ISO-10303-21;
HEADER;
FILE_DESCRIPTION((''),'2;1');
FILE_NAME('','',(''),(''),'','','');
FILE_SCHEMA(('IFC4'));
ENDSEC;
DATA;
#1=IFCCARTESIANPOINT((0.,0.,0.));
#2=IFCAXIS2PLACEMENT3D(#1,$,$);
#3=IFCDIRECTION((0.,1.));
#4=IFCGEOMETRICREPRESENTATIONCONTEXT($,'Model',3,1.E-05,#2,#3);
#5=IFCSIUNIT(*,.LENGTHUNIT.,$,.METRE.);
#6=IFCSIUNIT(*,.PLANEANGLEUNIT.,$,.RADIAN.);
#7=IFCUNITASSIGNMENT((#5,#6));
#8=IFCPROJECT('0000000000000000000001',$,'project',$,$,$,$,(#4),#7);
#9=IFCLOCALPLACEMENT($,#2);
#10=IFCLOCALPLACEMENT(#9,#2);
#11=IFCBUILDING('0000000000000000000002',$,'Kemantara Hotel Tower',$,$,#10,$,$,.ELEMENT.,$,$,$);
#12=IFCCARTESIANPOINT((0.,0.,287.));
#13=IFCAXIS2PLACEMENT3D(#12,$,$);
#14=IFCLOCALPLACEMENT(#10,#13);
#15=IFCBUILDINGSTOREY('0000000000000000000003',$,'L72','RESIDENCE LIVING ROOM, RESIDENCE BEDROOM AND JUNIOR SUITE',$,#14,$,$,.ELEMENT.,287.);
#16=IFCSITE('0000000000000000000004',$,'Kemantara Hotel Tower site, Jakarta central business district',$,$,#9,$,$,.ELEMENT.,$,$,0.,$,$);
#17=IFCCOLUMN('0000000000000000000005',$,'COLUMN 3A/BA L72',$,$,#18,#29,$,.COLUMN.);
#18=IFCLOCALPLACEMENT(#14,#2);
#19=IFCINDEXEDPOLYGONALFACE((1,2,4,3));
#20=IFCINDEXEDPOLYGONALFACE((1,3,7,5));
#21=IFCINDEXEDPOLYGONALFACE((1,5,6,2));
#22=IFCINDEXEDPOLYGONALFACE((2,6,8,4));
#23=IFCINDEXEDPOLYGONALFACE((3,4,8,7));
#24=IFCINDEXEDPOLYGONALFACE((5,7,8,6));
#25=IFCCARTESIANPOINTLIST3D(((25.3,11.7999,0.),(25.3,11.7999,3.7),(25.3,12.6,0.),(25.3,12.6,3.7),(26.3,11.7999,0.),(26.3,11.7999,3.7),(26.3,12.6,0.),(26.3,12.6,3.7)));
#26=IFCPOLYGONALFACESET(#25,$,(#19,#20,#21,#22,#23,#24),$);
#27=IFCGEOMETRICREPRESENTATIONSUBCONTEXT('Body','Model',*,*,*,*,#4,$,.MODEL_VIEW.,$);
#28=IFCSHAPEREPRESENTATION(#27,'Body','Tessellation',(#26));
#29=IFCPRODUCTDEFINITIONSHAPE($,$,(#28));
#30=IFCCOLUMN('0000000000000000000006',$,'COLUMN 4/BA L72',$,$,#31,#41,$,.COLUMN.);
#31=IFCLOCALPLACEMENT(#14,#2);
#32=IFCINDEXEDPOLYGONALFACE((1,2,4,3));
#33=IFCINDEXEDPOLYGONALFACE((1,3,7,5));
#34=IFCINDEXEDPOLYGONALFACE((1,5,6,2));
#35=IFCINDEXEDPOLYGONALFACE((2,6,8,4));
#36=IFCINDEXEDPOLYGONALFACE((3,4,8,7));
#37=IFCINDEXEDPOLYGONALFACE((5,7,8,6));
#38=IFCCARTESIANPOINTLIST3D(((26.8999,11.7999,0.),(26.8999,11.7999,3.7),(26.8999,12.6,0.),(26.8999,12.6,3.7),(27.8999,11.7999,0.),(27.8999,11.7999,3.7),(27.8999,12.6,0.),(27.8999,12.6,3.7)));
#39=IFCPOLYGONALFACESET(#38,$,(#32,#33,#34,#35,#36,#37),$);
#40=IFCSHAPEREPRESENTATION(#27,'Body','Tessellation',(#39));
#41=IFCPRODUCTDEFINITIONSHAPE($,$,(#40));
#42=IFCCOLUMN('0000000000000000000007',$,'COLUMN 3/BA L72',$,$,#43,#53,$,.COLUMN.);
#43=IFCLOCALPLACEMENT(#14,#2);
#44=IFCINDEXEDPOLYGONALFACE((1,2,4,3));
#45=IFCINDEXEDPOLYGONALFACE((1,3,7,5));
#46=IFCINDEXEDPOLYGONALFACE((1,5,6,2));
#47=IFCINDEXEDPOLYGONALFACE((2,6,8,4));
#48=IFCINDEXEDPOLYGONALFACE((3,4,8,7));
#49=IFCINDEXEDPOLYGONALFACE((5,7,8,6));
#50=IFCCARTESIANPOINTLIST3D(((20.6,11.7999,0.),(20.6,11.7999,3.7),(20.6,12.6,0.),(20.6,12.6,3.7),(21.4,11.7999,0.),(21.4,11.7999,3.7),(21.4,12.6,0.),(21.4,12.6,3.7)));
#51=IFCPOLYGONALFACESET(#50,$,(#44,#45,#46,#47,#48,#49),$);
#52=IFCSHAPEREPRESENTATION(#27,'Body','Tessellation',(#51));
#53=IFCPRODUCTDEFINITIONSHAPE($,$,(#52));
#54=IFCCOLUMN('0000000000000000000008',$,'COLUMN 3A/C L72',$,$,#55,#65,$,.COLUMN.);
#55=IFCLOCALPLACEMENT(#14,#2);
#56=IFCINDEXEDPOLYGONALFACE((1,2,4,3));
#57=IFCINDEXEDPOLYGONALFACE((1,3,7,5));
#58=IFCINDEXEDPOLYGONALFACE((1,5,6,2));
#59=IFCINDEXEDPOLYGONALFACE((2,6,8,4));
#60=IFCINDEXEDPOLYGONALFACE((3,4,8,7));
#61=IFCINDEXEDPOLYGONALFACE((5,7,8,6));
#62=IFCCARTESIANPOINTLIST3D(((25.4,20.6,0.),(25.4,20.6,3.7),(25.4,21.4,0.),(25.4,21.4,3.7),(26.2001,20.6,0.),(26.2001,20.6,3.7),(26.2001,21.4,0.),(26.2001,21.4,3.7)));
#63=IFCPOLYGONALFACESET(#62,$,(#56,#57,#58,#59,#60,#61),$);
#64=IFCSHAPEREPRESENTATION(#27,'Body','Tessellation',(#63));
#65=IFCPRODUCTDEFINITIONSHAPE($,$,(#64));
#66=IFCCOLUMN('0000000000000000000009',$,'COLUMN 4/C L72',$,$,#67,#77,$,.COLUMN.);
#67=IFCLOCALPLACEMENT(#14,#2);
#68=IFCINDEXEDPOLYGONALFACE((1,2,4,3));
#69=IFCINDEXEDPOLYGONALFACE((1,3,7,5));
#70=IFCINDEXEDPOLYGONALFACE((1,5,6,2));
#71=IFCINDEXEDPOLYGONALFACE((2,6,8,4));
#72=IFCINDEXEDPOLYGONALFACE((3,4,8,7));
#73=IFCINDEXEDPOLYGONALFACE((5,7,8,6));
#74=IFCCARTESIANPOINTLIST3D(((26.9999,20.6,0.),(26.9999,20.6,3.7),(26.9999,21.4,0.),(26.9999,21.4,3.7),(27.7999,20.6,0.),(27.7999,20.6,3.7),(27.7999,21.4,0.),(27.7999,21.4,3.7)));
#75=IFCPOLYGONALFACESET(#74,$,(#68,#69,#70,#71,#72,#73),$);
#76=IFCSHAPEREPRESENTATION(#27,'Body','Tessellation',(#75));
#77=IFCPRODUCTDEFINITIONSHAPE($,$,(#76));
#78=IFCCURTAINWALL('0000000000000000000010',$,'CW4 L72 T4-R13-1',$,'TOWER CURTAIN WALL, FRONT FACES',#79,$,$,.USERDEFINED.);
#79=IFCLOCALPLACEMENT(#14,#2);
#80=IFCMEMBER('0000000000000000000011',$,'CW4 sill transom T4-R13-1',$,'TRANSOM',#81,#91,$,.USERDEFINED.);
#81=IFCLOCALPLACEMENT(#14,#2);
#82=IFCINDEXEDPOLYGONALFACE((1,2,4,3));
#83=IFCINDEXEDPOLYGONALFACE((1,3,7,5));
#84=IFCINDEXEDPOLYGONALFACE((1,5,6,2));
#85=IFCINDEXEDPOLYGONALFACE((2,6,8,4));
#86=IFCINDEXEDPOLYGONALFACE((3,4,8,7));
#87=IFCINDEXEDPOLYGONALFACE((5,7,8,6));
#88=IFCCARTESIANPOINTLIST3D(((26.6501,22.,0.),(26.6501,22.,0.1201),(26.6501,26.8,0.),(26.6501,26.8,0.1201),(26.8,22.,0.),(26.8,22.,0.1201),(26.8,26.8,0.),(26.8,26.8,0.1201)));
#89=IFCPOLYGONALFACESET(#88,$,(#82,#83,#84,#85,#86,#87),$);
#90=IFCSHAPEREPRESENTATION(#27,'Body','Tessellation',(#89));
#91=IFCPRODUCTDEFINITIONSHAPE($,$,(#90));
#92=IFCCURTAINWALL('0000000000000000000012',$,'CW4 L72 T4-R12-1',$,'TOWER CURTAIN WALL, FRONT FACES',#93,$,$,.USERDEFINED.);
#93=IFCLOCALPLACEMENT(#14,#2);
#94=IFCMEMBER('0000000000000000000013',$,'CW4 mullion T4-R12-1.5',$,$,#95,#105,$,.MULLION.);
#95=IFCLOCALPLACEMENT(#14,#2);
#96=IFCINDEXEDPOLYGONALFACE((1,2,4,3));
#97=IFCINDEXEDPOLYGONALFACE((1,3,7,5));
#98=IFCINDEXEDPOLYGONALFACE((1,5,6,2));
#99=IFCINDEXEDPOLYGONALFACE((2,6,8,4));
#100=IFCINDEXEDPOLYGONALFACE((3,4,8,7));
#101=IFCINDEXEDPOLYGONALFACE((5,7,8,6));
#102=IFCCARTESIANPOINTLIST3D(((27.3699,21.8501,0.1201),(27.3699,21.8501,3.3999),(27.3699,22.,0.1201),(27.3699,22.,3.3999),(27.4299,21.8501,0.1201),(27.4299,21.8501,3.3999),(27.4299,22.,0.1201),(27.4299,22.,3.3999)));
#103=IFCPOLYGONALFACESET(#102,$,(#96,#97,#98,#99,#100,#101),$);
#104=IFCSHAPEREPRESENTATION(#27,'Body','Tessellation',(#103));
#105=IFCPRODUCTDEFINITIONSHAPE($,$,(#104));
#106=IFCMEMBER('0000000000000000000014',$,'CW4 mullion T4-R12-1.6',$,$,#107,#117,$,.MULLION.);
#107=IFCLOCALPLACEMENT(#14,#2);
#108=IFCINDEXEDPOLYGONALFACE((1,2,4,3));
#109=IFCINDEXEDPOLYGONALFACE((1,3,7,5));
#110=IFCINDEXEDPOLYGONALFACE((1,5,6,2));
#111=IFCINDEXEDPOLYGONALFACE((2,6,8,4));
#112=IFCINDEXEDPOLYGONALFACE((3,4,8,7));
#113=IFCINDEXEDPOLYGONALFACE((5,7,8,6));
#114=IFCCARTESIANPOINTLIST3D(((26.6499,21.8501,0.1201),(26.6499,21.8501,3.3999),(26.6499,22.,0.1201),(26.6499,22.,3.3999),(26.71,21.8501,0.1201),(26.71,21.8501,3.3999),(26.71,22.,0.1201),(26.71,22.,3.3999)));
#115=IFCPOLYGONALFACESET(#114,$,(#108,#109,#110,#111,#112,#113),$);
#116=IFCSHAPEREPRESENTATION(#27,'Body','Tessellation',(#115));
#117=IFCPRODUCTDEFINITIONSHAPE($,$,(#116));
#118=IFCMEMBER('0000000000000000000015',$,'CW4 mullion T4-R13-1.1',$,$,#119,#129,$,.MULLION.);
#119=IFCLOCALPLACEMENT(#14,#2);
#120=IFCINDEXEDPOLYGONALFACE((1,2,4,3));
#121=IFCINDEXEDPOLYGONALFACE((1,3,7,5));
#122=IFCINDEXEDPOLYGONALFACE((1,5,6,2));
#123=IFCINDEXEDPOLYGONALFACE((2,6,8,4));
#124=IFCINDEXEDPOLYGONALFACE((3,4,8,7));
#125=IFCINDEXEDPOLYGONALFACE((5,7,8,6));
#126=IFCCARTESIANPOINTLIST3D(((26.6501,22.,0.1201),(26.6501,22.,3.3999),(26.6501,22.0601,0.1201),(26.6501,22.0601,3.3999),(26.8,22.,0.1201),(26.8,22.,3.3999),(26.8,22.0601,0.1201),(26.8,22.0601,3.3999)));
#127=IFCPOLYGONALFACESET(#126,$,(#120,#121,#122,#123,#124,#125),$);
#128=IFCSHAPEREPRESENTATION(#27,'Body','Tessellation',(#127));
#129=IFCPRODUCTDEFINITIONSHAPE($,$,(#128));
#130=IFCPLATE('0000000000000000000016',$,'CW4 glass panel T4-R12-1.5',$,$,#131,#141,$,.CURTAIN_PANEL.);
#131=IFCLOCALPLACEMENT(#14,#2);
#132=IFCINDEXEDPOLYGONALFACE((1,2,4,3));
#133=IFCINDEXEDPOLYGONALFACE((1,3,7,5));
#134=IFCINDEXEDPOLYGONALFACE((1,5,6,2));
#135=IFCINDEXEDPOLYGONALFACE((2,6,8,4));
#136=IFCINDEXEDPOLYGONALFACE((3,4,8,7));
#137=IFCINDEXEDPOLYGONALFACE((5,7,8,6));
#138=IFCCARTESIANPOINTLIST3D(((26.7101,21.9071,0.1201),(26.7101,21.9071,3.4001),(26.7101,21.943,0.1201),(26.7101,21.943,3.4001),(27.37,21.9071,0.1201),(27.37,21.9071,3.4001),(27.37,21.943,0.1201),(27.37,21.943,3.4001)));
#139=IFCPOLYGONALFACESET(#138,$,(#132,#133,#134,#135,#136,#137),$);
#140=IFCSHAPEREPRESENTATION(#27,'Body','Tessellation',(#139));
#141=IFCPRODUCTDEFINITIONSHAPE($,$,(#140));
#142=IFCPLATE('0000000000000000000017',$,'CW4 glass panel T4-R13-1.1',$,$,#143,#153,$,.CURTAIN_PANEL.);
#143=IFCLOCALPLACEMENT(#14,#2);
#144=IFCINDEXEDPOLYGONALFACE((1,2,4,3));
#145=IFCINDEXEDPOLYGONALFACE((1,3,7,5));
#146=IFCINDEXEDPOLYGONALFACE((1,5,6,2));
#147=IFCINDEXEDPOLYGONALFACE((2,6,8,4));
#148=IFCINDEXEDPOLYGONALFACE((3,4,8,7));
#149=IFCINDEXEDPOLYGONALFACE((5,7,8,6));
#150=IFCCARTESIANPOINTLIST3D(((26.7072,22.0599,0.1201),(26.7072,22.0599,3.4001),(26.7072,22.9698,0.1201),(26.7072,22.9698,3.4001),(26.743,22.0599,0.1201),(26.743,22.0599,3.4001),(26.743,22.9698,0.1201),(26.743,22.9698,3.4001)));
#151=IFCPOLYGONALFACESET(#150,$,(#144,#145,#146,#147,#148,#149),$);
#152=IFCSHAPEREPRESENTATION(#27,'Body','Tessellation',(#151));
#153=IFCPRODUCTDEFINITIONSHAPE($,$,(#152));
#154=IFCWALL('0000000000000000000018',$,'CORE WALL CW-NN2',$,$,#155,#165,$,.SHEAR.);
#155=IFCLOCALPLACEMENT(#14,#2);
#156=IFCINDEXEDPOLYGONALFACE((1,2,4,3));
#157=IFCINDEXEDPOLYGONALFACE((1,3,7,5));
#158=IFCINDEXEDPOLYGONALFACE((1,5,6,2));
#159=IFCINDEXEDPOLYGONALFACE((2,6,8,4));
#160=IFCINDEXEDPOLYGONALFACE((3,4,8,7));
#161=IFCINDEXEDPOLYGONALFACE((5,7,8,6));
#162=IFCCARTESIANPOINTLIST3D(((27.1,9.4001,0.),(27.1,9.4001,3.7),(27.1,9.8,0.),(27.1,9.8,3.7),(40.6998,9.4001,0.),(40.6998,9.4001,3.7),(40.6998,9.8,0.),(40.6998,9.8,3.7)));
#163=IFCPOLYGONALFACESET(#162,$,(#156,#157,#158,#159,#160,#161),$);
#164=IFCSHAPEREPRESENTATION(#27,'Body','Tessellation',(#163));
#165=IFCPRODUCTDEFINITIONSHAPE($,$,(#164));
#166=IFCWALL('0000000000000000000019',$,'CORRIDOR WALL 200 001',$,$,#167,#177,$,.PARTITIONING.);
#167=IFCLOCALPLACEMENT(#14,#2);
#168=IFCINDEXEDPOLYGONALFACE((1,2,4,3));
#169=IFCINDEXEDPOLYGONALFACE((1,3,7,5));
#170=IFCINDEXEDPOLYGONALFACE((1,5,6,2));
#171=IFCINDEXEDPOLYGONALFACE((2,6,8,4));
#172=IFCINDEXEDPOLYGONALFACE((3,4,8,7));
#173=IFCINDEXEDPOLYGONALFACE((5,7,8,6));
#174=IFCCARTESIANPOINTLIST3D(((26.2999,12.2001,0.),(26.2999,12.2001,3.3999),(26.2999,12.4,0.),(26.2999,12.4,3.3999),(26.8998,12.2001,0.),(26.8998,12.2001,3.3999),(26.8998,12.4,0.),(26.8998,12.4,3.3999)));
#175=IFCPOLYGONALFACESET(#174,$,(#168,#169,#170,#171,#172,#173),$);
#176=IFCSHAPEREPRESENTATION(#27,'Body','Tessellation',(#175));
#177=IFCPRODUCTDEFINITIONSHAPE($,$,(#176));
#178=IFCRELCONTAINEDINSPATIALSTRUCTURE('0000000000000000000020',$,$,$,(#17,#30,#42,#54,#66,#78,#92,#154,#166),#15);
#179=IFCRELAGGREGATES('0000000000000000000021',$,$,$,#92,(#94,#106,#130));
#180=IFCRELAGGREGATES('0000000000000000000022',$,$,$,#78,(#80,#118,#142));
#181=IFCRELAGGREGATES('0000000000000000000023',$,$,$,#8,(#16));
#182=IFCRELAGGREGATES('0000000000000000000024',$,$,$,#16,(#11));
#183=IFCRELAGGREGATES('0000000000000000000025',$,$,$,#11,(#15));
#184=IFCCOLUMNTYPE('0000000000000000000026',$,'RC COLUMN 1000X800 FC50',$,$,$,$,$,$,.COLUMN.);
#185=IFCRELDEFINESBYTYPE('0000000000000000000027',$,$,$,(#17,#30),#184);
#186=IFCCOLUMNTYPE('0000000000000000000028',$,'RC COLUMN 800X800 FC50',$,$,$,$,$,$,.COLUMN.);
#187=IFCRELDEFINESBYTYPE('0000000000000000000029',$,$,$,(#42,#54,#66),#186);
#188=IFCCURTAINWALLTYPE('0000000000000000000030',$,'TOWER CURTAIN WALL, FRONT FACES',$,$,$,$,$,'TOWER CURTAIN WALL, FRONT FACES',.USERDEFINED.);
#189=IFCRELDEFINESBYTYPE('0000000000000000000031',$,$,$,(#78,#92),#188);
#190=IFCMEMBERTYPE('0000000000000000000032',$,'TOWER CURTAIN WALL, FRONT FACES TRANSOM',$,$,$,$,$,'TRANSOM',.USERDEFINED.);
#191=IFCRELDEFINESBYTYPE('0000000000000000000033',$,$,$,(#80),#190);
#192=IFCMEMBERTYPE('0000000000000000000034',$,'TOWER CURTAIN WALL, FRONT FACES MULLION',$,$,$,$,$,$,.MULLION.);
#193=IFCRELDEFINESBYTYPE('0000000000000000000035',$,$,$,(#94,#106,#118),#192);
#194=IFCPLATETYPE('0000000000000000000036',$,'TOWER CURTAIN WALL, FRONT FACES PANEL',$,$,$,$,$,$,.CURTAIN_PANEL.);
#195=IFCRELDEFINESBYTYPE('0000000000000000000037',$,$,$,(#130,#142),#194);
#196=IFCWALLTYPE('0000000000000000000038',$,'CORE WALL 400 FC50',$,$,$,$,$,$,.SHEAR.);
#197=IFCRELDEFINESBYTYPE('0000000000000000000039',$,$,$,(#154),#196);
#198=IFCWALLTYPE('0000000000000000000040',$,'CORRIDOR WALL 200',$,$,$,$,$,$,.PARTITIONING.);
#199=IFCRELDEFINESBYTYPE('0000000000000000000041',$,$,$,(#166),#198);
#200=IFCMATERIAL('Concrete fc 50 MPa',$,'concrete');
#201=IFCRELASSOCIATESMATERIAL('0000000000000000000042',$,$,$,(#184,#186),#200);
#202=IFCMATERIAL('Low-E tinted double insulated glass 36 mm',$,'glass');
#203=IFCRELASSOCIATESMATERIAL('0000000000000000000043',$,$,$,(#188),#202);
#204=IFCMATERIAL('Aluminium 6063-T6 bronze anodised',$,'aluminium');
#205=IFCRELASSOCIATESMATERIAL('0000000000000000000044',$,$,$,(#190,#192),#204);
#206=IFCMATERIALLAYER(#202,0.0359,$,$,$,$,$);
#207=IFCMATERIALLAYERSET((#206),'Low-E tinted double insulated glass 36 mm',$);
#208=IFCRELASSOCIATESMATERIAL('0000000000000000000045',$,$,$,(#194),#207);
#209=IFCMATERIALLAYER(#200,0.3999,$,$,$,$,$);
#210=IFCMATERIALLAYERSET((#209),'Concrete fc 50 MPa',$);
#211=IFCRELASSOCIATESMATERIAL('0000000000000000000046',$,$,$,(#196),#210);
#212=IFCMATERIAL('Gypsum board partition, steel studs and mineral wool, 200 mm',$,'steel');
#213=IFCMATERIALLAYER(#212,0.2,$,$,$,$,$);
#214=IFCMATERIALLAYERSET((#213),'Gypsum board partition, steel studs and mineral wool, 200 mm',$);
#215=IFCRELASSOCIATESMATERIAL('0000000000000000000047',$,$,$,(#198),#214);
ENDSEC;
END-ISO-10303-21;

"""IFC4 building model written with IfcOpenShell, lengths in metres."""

from ifc_helpers import new_model, si_unit, direction, frame, frame_2d, origin, origin_2d, place, context, subcontext, project, spatial, rectangle, extrude, source, transform, mapped, material, layer, layer_set, material_profile, profile_set, type_object, element, aggregate, save


model = new_model("IFC4")

# Units and contexts
model_context = context("Model", 3, precision=1e-05, world=origin(), true_north=direction((0.0, 1.0)))
body_context = subcontext(model_context, "Body", "Model", "MODEL_VIEW")
ifc_project = project(units=[si_unit("LENGTHUNIT", "METRE"), si_unit("PLANEANGLEUNIT", "RADIAN")], contexts=[model_context])

# Site, building, storey
site_placement = place(None, origin())
site = spatial("IfcSite", under=ifc_project, at=site_placement, Name="Kemantara Hotel Tower site, Jakarta central business district", CompositionType="ELEMENT", RefElevation=0.0)
building_placement = place(site_placement, origin())
building = spatial("IfcBuilding", under=site, at=building_placement, Name="Kemantara Hotel Tower", CompositionType="ELEMENT")
storey_placement = place(building_placement, frame((0.0, 0.0, 287.0)))
storey = spatial("IfcBuildingStorey", under=building, at=storey_placement, Name="L72", Description="RESIDENCE LIVING ROOM, RESIDENCE BEDROOM AND JUNIOR SUITE", CompositionType="ELEMENT", Elevation=287.0)

# Columns
ifc_material_1 = material(Name="Concrete fc 50 MPa", Category="concrete")
ifc_material_profile_1 = material_profile(ifc_material_1, rectangle(XDim=1.0, YDim=0.8, at=origin_2d()), Name="RC 1000X800")
ifc_profile_set_1 = profile_set([ifc_material_profile_1], Name="Concrete fc 50 MPa")
column_type_1 = type_object("IfcColumnType", Name="RC COLUMN 1000X800 FC50", PredefinedType="COLUMN", material=ifc_profile_set_1)
for number, where, z_axis, x_axis, name in (
    (1, (25.8, 12.2, 0.0), (0.0, 0.0, 1.0), (1.0, 0.0, 0.0), "COLUMN 3A/BA L72"),
    (2, (27.3999, 12.2, 0.0), (0.0, 0.0, 1.0), (1.0, 0.0, 0.0), "COLUMN 4/BA L72"),
):
    element("IfcColumn", number, at=place(storey_placement, frame(where, z_axis=z_axis, x_axis=x_axis)), inside=storey, type_object=column_type_1, Name=name, PredefinedType="COLUMN", context=body_context, shape_type="SweptSolid", body=[
        extrude(rectangle(XDim=1.0, YDim=0.8, at=origin_2d()), origin(), (0.0, 0.0, 1.0), 3.7),
    ])
ifc_material_profile_2 = material_profile(ifc_material_1, rectangle(XDim=0.8, YDim=0.8, at=origin_2d()), Name="RC 800X800")
ifc_profile_set_2 = profile_set([ifc_material_profile_2], Name="Concrete fc 50 MPa")
column_type_2 = type_object("IfcColumnType", Name="RC COLUMN 800X800 FC50", PredefinedType="COLUMN", material=ifc_profile_set_2)
for number, where, z_axis, x_axis, name in (
    (3, (21.0, 12.2, 0.0), (0.0, 0.0, 1.0), (1.0, 0.0, 0.0), "COLUMN 3/BA L72"),
    (4, (25.8, 21.0, 0.0), (0.0, 0.0, 1.0), (1.0, 0.0, 0.0), "COLUMN 3A/C L72"),
    (5, (27.3999, 21.0, 0.0), (0.0, 0.0, 1.0), (1.0, 0.0, 0.0), "COLUMN 4/C L72"),
):
    element("IfcColumn", number, at=place(storey_placement, frame(where, z_axis=z_axis, x_axis=x_axis)), inside=storey, type_object=column_type_2, Name=name, PredefinedType="COLUMN", context=body_context, shape_type="SweptSolid", body=[
        extrude(rectangle(XDim=0.8, YDim=0.8, at=origin_2d()), origin(), (0.0, 0.0, 1.0), 3.7),
    ])

# Curtain wall, member
ifc_material_2 = material(Name="Low-E tinted double insulated glass 36 mm", Category="glass")
curtain_wall_type = type_object("IfcCurtainWallType", Name="TOWER CURTAIN WALL, FRONT FACES", ElementType="TOWER CURTAIN WALL, FRONT FACES", PredefinedType="USERDEFINED", material=ifc_material_2)
curtain_wall_1_placement = place(storey_placement, origin())
curtain_wall_1 = element("IfcCurtainWall", 6, at=curtain_wall_1_placement, inside=storey, type_object=curtain_wall_type, Name="CW4 L72 T4-R13-1", ObjectType="TOWER CURTAIN WALL, FRONT FACES", PredefinedType="USERDEFINED")
ifc_material_3 = material(Name="Aluminium 6063-T6 bronze anodised", Category="aluminium")
ifc_material_profile_3 = material_profile(ifc_material_3, rectangle(XDim=0.1499, YDim=0.1201, at=origin_2d()), Name="TOWER CURTAIN WALL, FRONT FACES TRANSOM")
ifc_profile_set_3 = profile_set([ifc_material_profile_3], Name="Aluminium 6063-T6 bronze anodised")
member_type_1 = type_object("IfcMemberType", Name="TOWER CURTAIN WALL, FRONT FACES TRANSOM", ElementType="TRANSOM", PredefinedType="USERDEFINED", material=ifc_profile_set_3)
member_1_placement = place(storey_placement, frame((26.7251, 22.0, 0.0601), z_axis=(0.0, 1.0, 0.0), x_axis=(-1.0, 0.0, 0.0)))
member_1 = element("IfcMember", 7, at=member_1_placement, type_object=member_type_1, Name="CW4 sill transom T4-R13-1", ObjectType="TRANSOM", PredefinedType="USERDEFINED", context=body_context, shape_type="SweptSolid", body=[
    extrude(rectangle(XDim=0.1499, YDim=0.1201, at=origin_2d()), origin(), (0.0, 0.0, 1.0), 4.8),
])

# Curtain wall, members
curtain_wall_2_placement = place(storey_placement, origin())
curtain_wall_2 = element("IfcCurtainWall", 8, at=curtain_wall_2_placement, inside=storey, type_object=curtain_wall_type, Name="CW4 L72 T4-R12-1", ObjectType="TOWER CURTAIN WALL, FRONT FACES", PredefinedType="USERDEFINED")
ifc_material_profile_4 = material_profile(ifc_material_3, rectangle(XDim=0.1499, YDim=0.0601, at=origin_2d()), Name="TOWER CURTAIN WALL, FRONT FACES MULLION")
ifc_profile_set_4 = profile_set([ifc_material_profile_4], Name="Aluminium 6063-T6 bronze anodised")
member_type_2 = type_object("IfcMemberType", Name="TOWER CURTAIN WALL, FRONT FACES MULLION", PredefinedType="MULLION", material=ifc_profile_set_4)
shared_shape_1 = source(origin(), body_context, "Body", "SweptSolid", [
    extrude(rectangle(XDim=0.1499, YDim=0.0601, at=origin_2d()), origin(), (0.0, 0.0, 1.0), 3.2798),
])
member_2_placement = place(storey_placement, frame((27.3999, 21.925, 0.1201), z_axis=(0.0, 0.0, 1.0), x_axis=(0.0, -1.0, 0.0)))
member_2 = element("IfcMember", 9, at=member_2_placement, type_object=member_type_2, Name="CW4 mullion T4-R12-1.5", PredefinedType="MULLION", context=body_context, shape_type="MappedRepresentation", body=[
    mapped(shared_shape_1, transform((0.0, 0.0, 0.0))),
])
member_3_placement = place(storey_placement, frame((26.6799, 21.925, 0.1201), z_axis=(0.0, 0.0, 1.0), x_axis=(0.0, -1.0, 0.0)))
member_3 = element("IfcMember", 10, at=member_3_placement, type_object=member_type_2, Name="CW4 mullion T4-R12-1.6", PredefinedType="MULLION", context=body_context, shape_type="MappedRepresentation", body=[
    mapped(shared_shape_1, transform((0.0, 0.0, 0.0))),
])

# Member
member_4_placement = place(storey_placement, frame((26.7251, 22.03, 0.1201), z_axis=(0.0, 0.0, 1.0), x_axis=(-1.0, 0.0, 0.0)))
member_4 = element("IfcMember", 11, at=member_4_placement, type_object=member_type_2, Name="CW4 mullion T4-R13-1.1", PredefinedType="MULLION", context=body_context, shape_type="MappedRepresentation", body=[
    mapped(shared_shape_1, transform((0.0, 0.0, 0.0))),
])

# Plates
ifc_layer_1 = layer(ifc_material_2, 0.0359)
ifc_layer_set_1 = layer_set([ifc_layer_1], Name="Low-E tinted double insulated glass 36 mm")
plate_type = type_object("IfcPlateType", Name="TOWER CURTAIN WALL, FRONT FACES PANEL", PredefinedType="CURTAIN_PANEL", material=ifc_layer_set_1)
shared_shape_2 = source(origin(), body_context, "Body", "SweptSolid", [
    extrude(rectangle(XDim=0.6599, YDim=0.0359, at=origin_2d()), origin(), (0.0, 0.0, 1.0), 3.28),
])
plate_1_placement = place(storey_placement, frame((27.04, 21.925, 0.1201), z_axis=(0.0, 0.0, 1.0), x_axis=(-1.0, 0.0, 0.0)))
plate_1 = element("IfcPlate", 12, at=plate_1_placement, type_object=plate_type, Name="CW4 glass panel T4-R12-1.5", PredefinedType="CURTAIN_PANEL", context=body_context, shape_type="MappedRepresentation", body=[
    mapped(shared_shape_2, transform((0.0, 0.0, 0.0))),
])
aggregate(curtain_wall_2, [member_2, member_3, plate_1])
shared_shape_3 = source(origin(), body_context, "Body", "SweptSolid", [
    extrude(rectangle(XDim=0.9099, YDim=0.0359, at=origin_2d()), origin(), (0.0, 0.0, 1.0), 3.28),
])
plate_2_placement = place(storey_placement, frame((26.7251, 22.5149, 0.1201), z_axis=(0.0, 0.0, 1.0), x_axis=(0.0, 1.0, 0.0)))
plate_2 = element("IfcPlate", 13, at=plate_2_placement, type_object=plate_type, Name="CW4 glass panel T4-R13-1.1", PredefinedType="CURTAIN_PANEL", context=body_context, shape_type="MappedRepresentation", body=[
    mapped(shared_shape_3, transform((0.0, 0.0, 0.0))),
])
aggregate(curtain_wall_1, [member_1, member_4, plate_2])

# Walls
ifc_layer_2 = layer(ifc_material_1, 0.3999)
ifc_layer_set_2 = layer_set([ifc_layer_2], Name="Concrete fc 50 MPa")
wall_type_1 = type_object("IfcWallType", Name="CORE WALL 400 FC50", PredefinedType="SHEAR", material=ifc_layer_set_2)
wall_1_placement = place(storey_placement, frame((27.1001, 9.6001, 0.0), z_axis=(0.0, 0.0, 1.0), x_axis=(1.0, 0.0, 0.0)))
element("IfcWall", 14, at=wall_1_placement, inside=storey, type_object=wall_type_1, Name="CORE WALL CW-NN2", PredefinedType="SHEAR", context=body_context, shape_type="SweptSolid", body=[
    extrude(rectangle(XDim=13.5999, YDim=0.3999, at=frame_2d((6.7998, 0.0))), origin(), (0.0, 0.0, 1.0), 3.7),
])
ifc_material_4 = material(Name="Gypsum board partition, steel studs and mineral wool, 200 mm", Category="steel")
ifc_layer_3 = layer(ifc_material_4, 0.2)
ifc_layer_set_3 = layer_set([ifc_layer_3], Name="Gypsum board partition, steel studs and mineral wool, 200 mm")
wall_type_2 = type_object("IfcWallType", Name="CORRIDOR WALL 200", PredefinedType="PARTITIONING", material=ifc_layer_set_3)
wall_2_placement = place(storey_placement, frame((26.3, 12.3, 0.0), z_axis=(0.0, 0.0, 1.0), x_axis=(1.0, 0.0, 0.0)))
element("IfcWall", 15, at=wall_2_placement, inside=storey, type_object=wall_type_2, Name="CORRIDOR WALL 200 001", PredefinedType="PARTITIONING", context=body_context, shape_type="SweptSolid", body=[
    extrude(rectangle(XDim=0.5999, YDim=0.2, at=frame_2d((0.2998, 0.0))), origin(), (0.0, 0.0, 1.0), 3.3999),
])

save(model, "model.ifc")
